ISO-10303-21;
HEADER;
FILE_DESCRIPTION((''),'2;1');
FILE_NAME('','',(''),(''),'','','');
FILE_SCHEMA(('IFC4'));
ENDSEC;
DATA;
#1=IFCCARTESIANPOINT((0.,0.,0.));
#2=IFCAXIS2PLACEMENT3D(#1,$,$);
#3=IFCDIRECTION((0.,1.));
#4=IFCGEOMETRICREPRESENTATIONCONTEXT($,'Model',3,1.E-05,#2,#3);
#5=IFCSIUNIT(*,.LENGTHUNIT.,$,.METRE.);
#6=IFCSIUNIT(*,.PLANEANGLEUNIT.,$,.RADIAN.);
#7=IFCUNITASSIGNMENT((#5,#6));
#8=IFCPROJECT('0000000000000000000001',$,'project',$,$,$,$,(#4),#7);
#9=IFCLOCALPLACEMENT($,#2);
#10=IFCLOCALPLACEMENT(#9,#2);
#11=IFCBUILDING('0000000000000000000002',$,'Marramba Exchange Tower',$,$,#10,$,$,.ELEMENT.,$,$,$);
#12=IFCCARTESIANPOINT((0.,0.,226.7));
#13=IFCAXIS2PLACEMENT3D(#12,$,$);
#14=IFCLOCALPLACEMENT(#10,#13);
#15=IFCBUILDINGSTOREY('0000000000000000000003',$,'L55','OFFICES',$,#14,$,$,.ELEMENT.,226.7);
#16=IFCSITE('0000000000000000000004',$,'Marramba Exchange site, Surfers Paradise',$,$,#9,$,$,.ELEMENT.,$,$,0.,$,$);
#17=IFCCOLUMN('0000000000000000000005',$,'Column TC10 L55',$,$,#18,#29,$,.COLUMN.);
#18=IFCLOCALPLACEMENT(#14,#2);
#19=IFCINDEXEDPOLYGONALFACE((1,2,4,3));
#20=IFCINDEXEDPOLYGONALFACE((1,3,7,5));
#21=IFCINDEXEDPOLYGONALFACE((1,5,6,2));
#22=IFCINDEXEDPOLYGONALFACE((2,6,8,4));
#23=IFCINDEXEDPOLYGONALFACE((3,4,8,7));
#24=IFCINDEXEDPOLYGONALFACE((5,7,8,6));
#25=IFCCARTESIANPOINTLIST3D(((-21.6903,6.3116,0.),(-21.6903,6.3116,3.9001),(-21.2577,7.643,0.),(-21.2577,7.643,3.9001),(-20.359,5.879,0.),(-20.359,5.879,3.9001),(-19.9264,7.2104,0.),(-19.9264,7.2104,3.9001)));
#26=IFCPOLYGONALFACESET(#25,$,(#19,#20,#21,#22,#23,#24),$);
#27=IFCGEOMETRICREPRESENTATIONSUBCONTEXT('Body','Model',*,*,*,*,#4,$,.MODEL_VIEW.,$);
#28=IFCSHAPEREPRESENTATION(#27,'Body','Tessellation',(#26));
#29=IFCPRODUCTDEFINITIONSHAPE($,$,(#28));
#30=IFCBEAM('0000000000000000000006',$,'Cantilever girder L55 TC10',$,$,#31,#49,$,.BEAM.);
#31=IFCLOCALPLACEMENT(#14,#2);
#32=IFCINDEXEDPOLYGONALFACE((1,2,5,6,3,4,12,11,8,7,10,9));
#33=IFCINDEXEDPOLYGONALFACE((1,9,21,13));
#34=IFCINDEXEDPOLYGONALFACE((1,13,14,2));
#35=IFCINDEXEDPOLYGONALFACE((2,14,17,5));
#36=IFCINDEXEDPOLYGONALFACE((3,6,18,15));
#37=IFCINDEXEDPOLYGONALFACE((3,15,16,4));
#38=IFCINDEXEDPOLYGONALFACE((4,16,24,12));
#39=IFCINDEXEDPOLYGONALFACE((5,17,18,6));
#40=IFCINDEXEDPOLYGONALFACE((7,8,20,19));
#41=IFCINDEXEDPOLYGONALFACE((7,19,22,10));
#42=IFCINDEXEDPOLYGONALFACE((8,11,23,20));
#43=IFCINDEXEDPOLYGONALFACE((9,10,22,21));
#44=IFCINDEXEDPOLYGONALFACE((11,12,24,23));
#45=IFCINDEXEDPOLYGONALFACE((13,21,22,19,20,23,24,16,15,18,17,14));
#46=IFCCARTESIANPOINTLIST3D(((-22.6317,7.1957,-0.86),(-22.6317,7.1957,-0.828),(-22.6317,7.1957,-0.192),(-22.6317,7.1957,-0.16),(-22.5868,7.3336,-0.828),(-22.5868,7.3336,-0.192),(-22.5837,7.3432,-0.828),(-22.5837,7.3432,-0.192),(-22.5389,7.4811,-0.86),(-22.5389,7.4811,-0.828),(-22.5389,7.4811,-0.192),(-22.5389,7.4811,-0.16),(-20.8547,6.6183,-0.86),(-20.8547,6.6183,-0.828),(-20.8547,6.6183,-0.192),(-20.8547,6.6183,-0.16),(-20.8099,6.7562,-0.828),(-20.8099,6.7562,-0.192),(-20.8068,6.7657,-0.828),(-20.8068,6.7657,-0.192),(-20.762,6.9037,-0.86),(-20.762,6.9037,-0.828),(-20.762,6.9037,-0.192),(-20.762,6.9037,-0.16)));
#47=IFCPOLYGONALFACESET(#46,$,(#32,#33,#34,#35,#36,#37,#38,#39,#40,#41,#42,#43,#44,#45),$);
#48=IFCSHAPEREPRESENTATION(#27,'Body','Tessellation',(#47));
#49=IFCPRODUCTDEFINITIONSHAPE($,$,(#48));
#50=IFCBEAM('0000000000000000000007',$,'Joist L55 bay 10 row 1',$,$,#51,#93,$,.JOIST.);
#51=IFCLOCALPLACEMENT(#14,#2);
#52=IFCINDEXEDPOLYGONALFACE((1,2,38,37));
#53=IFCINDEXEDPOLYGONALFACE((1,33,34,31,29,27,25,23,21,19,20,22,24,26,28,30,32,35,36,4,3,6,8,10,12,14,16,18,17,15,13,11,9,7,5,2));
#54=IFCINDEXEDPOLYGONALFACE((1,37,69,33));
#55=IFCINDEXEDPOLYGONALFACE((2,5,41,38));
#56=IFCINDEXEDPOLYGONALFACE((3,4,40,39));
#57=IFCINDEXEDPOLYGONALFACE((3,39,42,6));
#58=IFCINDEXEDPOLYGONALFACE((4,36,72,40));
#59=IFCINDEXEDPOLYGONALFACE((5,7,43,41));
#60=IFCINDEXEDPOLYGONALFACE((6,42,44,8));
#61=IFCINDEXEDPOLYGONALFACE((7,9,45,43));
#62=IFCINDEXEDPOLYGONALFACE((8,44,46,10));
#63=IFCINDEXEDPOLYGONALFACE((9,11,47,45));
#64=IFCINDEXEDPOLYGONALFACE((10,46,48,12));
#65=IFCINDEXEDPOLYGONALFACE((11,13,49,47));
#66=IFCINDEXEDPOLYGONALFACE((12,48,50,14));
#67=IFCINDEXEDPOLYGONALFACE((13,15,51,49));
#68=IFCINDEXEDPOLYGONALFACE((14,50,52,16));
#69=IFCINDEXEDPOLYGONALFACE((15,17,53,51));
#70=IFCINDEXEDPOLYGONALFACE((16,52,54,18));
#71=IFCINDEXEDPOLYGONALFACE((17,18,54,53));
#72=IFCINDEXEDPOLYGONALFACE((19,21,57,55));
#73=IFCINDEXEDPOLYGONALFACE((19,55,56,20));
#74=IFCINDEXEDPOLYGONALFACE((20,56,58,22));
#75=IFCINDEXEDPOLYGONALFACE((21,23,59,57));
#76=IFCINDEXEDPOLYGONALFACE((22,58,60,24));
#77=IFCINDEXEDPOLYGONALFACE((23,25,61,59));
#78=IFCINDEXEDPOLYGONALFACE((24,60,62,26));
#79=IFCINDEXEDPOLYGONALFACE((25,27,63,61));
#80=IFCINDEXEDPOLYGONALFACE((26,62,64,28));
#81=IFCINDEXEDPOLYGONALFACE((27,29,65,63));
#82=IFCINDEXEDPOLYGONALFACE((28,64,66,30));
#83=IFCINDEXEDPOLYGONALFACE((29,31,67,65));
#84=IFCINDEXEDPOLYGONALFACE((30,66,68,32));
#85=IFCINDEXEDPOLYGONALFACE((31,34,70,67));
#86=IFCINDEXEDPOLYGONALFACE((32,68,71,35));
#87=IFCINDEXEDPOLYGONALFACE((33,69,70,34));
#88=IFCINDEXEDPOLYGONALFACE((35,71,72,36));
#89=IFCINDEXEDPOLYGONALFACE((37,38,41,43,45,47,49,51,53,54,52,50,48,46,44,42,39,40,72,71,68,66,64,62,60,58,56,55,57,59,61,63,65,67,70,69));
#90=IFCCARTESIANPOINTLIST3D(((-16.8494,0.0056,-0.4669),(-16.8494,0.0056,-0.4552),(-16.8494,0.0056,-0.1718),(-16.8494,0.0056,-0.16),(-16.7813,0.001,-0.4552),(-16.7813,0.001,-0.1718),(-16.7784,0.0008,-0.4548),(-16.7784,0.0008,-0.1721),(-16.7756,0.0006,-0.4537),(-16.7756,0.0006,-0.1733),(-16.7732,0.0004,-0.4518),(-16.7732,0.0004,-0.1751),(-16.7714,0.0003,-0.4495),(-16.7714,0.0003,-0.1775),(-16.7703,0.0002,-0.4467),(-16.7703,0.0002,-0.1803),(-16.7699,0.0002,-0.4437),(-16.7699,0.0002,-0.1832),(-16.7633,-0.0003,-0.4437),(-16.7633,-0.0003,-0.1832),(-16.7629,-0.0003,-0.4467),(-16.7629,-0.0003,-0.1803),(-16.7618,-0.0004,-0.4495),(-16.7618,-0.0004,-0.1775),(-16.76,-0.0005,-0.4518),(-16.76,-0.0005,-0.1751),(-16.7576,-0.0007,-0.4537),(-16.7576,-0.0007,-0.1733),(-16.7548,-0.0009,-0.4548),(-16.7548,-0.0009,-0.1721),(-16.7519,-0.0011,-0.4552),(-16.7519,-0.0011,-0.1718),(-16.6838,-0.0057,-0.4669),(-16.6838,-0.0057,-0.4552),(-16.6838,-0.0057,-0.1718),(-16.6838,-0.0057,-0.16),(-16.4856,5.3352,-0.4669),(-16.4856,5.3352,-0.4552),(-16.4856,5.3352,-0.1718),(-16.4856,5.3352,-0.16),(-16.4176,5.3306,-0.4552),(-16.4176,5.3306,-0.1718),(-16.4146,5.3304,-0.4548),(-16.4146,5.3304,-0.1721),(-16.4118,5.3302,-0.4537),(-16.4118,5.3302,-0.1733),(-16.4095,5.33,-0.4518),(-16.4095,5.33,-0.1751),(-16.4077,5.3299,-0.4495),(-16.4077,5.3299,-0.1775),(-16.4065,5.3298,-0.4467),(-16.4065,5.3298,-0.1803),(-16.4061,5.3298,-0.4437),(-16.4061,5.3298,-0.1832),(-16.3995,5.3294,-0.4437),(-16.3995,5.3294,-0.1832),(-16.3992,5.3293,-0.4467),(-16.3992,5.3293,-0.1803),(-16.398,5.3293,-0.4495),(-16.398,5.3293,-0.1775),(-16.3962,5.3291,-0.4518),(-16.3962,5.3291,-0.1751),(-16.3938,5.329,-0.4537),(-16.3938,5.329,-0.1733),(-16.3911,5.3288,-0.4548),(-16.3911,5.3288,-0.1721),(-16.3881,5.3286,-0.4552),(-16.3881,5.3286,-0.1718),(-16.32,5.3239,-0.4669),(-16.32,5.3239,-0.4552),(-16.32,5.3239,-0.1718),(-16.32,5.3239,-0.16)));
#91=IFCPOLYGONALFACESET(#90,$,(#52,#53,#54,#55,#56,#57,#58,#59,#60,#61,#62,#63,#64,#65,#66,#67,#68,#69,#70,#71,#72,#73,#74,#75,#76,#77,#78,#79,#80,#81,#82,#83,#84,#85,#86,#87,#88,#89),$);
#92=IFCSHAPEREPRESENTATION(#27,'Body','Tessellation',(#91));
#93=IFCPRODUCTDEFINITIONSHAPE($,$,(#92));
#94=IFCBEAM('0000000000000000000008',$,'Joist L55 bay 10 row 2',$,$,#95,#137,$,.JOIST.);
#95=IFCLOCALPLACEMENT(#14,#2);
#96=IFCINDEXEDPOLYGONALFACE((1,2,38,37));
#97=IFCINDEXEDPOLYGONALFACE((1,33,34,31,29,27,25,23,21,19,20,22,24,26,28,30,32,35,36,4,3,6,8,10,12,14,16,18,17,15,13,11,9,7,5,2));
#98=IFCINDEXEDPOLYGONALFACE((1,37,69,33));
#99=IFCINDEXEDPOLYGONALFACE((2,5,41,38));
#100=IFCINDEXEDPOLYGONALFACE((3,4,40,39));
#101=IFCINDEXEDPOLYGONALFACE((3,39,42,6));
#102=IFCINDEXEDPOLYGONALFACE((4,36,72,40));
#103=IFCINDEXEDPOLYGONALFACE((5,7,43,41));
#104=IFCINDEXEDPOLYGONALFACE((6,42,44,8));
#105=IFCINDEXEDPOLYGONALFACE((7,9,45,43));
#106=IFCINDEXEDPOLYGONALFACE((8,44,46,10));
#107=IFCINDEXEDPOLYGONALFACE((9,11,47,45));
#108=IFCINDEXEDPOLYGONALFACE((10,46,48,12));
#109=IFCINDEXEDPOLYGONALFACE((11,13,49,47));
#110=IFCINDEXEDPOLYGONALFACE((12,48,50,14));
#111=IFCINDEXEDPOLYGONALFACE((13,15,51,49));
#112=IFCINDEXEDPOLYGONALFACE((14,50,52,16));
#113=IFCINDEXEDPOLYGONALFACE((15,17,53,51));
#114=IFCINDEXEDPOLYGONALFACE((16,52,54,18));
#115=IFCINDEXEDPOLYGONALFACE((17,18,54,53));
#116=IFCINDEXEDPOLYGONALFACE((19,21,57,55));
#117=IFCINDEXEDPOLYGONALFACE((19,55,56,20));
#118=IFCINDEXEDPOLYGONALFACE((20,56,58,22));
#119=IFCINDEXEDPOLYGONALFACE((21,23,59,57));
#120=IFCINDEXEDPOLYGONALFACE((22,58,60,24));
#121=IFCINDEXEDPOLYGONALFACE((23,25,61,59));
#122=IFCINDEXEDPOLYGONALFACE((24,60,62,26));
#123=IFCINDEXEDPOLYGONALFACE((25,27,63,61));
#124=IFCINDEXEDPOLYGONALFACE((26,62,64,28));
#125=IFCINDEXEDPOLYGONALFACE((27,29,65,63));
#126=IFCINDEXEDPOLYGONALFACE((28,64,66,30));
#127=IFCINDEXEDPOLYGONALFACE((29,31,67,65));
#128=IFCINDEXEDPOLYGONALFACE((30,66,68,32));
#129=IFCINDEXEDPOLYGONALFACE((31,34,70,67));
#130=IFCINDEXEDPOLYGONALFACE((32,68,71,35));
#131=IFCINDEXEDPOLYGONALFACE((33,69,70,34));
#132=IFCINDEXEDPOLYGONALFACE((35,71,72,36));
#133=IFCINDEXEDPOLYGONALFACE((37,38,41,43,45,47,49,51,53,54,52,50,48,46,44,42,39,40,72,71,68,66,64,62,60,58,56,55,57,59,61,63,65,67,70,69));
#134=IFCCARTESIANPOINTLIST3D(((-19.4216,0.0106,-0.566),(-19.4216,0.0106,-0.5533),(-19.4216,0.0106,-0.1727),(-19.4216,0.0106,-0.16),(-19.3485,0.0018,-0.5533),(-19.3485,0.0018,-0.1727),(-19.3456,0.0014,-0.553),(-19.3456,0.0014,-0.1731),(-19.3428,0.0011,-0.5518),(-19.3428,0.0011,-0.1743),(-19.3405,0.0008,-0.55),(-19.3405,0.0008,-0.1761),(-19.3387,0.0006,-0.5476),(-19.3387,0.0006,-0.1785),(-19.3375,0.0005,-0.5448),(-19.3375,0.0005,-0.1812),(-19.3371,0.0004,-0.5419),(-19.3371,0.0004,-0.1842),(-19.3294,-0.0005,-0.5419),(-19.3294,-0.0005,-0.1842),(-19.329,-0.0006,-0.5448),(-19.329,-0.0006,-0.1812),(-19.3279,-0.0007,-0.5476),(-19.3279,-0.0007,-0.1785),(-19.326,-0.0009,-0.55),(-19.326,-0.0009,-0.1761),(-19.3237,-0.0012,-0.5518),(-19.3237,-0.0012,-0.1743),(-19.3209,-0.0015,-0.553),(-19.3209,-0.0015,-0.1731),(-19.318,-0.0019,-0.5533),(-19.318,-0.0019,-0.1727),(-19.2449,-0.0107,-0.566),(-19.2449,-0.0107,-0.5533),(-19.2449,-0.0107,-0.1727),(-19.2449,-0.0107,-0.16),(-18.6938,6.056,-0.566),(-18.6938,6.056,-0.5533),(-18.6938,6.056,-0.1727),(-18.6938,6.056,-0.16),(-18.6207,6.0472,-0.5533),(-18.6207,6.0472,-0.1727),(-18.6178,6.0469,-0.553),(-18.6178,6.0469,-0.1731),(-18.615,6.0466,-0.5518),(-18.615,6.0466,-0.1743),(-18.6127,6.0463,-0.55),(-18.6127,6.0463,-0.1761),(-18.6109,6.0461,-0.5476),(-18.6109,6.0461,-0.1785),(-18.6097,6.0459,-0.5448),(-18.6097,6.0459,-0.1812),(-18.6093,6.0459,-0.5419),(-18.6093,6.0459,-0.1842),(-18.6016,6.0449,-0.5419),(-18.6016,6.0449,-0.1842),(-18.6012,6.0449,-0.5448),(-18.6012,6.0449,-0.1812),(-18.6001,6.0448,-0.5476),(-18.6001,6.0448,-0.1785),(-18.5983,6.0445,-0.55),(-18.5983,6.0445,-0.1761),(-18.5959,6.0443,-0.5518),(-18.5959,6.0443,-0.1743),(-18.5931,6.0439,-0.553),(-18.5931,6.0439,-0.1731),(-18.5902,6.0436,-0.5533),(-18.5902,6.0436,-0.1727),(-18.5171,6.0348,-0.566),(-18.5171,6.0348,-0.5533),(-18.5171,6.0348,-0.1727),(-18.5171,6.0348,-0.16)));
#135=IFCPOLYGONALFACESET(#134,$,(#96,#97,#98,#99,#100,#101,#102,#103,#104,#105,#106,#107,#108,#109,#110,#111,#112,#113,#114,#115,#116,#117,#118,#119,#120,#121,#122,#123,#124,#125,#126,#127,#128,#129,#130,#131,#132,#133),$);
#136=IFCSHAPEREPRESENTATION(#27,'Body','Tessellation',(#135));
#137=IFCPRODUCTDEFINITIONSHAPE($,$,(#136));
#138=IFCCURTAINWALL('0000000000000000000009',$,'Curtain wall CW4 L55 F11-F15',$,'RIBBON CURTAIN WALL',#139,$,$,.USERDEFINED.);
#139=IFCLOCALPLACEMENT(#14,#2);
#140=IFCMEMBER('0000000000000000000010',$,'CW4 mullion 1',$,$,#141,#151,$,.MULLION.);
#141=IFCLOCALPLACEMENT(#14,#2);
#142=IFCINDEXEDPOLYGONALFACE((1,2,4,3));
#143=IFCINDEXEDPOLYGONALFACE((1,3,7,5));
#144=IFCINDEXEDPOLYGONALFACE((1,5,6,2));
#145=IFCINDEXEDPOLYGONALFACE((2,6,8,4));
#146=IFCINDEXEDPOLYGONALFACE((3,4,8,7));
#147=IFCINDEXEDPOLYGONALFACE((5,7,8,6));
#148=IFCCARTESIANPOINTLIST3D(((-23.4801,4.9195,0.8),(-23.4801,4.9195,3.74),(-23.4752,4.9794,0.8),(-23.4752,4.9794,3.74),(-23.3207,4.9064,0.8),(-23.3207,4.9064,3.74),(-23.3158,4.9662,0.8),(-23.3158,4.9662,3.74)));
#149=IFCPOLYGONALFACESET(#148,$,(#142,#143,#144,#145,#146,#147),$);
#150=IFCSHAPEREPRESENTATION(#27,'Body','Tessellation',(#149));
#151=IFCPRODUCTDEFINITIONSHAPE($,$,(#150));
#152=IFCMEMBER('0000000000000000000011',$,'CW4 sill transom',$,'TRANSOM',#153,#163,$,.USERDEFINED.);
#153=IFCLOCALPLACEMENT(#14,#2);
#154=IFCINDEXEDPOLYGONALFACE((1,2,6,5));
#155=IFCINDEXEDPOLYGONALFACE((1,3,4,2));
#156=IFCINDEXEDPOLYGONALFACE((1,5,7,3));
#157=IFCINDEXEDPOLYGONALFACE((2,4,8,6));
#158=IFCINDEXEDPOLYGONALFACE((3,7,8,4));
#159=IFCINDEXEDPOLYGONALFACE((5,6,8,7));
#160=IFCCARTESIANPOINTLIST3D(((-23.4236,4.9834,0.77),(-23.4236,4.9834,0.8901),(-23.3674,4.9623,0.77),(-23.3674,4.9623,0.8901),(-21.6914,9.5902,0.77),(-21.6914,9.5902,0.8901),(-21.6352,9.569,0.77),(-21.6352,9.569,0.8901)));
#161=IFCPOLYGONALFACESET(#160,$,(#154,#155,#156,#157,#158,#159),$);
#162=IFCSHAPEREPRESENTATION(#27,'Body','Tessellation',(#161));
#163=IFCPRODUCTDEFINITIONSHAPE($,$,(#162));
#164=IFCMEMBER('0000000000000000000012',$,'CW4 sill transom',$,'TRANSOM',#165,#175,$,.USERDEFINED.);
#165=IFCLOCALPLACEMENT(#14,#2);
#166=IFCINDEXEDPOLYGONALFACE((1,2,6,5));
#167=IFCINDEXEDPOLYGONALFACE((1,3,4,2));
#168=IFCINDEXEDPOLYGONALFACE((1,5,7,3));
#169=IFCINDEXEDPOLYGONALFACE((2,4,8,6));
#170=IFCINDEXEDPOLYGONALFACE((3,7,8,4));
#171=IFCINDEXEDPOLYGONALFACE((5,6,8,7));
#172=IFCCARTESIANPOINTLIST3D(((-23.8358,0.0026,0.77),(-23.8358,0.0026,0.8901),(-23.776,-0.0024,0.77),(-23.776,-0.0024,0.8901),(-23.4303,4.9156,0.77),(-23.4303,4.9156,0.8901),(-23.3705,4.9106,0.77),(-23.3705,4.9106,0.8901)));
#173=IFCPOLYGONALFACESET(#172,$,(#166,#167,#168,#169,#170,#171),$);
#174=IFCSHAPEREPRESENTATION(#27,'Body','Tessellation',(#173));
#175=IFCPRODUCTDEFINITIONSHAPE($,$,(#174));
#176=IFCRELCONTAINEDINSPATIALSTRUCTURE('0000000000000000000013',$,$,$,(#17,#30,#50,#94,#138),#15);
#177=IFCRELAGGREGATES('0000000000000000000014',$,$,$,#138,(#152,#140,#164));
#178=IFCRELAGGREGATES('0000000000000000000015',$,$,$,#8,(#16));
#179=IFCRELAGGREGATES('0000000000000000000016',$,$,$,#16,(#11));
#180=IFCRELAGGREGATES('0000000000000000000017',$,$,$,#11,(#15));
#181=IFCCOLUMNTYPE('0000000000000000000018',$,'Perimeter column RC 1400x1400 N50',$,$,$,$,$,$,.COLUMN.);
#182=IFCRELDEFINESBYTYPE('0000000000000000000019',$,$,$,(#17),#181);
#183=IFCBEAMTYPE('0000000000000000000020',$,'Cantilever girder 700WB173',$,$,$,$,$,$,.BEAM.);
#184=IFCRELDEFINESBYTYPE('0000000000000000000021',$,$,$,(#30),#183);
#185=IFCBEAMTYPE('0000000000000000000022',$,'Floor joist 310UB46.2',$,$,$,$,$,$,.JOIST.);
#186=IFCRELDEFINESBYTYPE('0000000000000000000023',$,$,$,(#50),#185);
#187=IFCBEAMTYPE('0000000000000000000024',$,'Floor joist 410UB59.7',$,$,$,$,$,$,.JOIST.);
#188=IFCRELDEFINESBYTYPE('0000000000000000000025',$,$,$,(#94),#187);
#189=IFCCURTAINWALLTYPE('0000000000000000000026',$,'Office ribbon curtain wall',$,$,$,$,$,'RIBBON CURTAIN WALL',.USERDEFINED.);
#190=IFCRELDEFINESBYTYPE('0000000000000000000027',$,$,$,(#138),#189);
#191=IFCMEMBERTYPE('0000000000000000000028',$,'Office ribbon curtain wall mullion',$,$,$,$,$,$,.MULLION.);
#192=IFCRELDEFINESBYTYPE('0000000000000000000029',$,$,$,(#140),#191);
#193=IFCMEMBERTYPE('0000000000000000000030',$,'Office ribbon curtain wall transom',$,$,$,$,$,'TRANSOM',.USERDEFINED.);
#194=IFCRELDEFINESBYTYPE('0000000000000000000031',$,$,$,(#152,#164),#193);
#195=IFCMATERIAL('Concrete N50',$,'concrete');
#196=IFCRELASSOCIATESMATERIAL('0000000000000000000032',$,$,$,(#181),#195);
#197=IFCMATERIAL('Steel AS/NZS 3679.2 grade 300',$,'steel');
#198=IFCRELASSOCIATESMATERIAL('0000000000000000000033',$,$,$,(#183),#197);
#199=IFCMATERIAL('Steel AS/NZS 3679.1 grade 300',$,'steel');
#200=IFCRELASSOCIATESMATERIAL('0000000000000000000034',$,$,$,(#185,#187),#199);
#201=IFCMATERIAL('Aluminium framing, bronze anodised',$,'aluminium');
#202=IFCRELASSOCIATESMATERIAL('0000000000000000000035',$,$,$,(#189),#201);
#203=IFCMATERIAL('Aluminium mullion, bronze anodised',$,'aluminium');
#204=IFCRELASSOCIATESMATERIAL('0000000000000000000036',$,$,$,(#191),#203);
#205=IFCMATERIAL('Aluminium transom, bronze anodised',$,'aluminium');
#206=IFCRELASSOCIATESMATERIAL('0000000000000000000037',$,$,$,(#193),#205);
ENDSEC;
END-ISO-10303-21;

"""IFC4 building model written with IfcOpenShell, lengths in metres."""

from ifc_helpers import new_model, si_unit, direction, frame, origin, origin_2d, place, context, subcontext, project, spatial, rectangle, i_section, extrude, material, material_profile, profile_set, type_object, element, aggregate, save


model = new_model("IFC4")

# Units and contexts
model_context = context("Model", 3, precision=1e-05, world=origin(), true_north=direction((0.0, 1.0)))
body_context = subcontext(model_context, "Body", "Model", "MODEL_VIEW")
ifc_project = project(units=[si_unit("LENGTHUNIT", "METRE"), si_unit("PLANEANGLEUNIT", "RADIAN")], contexts=[model_context])

# Site, building, storey
site_placement = place(None, origin())
site = spatial("IfcSite", under=ifc_project, at=site_placement, Name="Marramba Exchange site, Surfers Paradise", CompositionType="ELEMENT", RefElevation=0.0)
building_placement = place(site_placement, origin())
building = spatial("IfcBuilding", under=site, at=building_placement, Name="Marramba Exchange Tower", CompositionType="ELEMENT")
storey_placement = place(building_placement, frame((0.0, 0.0, 226.7)))
storey = spatial("IfcBuildingStorey", under=building, at=storey_placement, Name="L55", Description="OFFICES", CompositionType="ELEMENT", Elevation=226.7)

# Column
ifc_material_1 = material(Name="Concrete N50", Category="concrete")
ifc_material_profile_1 = material_profile(ifc_material_1, rectangle(XDim=1.3999, YDim=1.3999, at=origin_2d()), Name="RC 1400x1400")
ifc_profile_set_1 = profile_set([ifc_material_profile_1], Name="Concrete N50")
column_type = type_object("IfcColumnType", Name="Perimeter column RC 1400x1400 N50", PredefinedType="COLUMN", material=ifc_profile_set_1)
column_placement = place(storey_placement, frame((-20.8083, 6.761, 0.0), z_axis=(0.0, 0.0, 1.0), x_axis=(-0.951057, 0.309017, 0.0)))
element("IfcColumn", 1, at=column_placement, inside=storey, type_object=column_type, Name="Column TC10 L55", PredefinedType="COLUMN", context=body_context, shape_type="SweptSolid", body=[
    extrude(rectangle(XDim=1.3999, YDim=1.3999, at=origin_2d()), origin(), (0.0, 0.0, 1.0), 3.9001),
])

# Beams
ifc_material_2 = material(Name="Steel AS/NZS 3679.2 grade 300", Category="steel")
ifc_material_profile_2 = material_profile(ifc_material_2, i_section(OverallWidth=0.3, OverallDepth=0.7, WebThickness=0.01, FlangeThickness=0.032, at=origin_2d()), Name="700WB173")
ifc_profile_set_2 = profile_set([ifc_material_profile_2], Name="Steel AS/NZS 3679.2 grade 300")
beam_type_1 = type_object("IfcBeamType", Name="Cantilever girder 700WB173", PredefinedType="BEAM", material=ifc_profile_set_2)
beam_1_placement = place(storey_placement, frame((-20.8083, 6.761, -0.51), z_axis=(-0.951048, 0.309045, 0.0), x_axis=(-0.309045, -0.951048, 0.0)))
element("IfcBeam", 2, at=beam_1_placement, inside=storey, type_object=beam_type_1, Name="Cantilever girder L55 TC10", PredefinedType="BEAM", context=body_context, shape_type="SweptSolid", body=[
    extrude(i_section(OverallWidth=0.3, OverallDepth=0.7, WebThickness=0.01, FlangeThickness=0.032, at=origin_2d()), origin(), (0.0, 0.0, 1.0), 1.8684),
])
ifc_material_3 = material(Name="Steel AS/NZS 3679.1 grade 300", Category="steel")
ifc_material_profile_3 = material_profile(ifc_material_3, i_section(OverallWidth=0.166, OverallDepth=0.3069, WebThickness=0.0066, FlangeThickness=0.0117, FilletRadius=0.0115, at=origin_2d()), Name="310UB46.2")
ifc_profile_set_3 = profile_set([ifc_material_profile_3], Name="Steel AS/NZS 3679.1 grade 300")
beam_type_2 = type_object("IfcBeamType", Name="Floor joist 310UB46.2", PredefinedType="JOIST", material=ifc_profile_set_3)
beam_2_placement = place(storey_placement, frame((-16.4028, 5.3296, -0.3135), z_axis=(-0.068096, -0.997679, 0.0), x_axis=(0.997679, -0.068096, 0.0)))
element("IfcBeam", 3, at=beam_2_placement, inside=storey, type_object=beam_type_2, Name="Joist L55 bay 10 row 1", PredefinedType="JOIST", context=body_context, shape_type="SweptSolid", body=[
    extrude(i_section(OverallWidth=0.166, OverallDepth=0.3069, WebThickness=0.0066, FlangeThickness=0.0117, FilletRadius=0.0115, at=origin_2d()), origin(), (0.0, 0.0, 1.0), 5.342),
])
ifc_material_profile_4 = material_profile(ifc_material_3, i_section(OverallWidth=0.178, OverallDepth=0.406, WebThickness=0.0078, FlangeThickness=0.0127, FilletRadius=0.0115, at=origin_2d()), Name="410UB59.7")
ifc_profile_set_4 = profile_set([ifc_material_profile_4], Name="Steel AS/NZS 3679.1 grade 300")
beam_type_3 = type_object("IfcBeamType", Name="Floor joist 410UB59.7", PredefinedType="JOIST", material=ifc_profile_set_4)
beam_3_placement = place(storey_placement, frame((-18.6055, 6.0454, -0.363), z_axis=(-0.119523, -0.992831, 0.0), x_axis=(0.992831, -0.119523, 0.0)))
element("IfcBeam", 4, at=beam_3_placement, inside=storey, type_object=beam_type_3, Name="Joist L55 bay 10 row 2", PredefinedType="JOIST", context=body_context, shape_type="SweptSolid", body=[
    extrude(i_section(OverallWidth=0.178, OverallDepth=0.406, WebThickness=0.0078, FlangeThickness=0.0127, FilletRadius=0.0115, at=origin_2d()), origin(), (0.0, 0.0, 1.0), 6.0891),
])

# Curtain wall, members
ifc_material_4 = material(Name="Aluminium framing, bronze anodised", Category="aluminium")
curtain_wall_type = type_object("IfcCurtainWallType", Name="Office ribbon curtain wall", ElementType="RIBBON CURTAIN WALL", PredefinedType="USERDEFINED", material=ifc_material_4)
curtain_wall_placement = place(storey_placement, origin())
curtain_wall = element("IfcCurtainWall", 5, at=curtain_wall_placement, inside=storey, type_object=curtain_wall_type, Name="Curtain wall CW4 L55 F11-F15", ObjectType="RIBBON CURTAIN WALL", PredefinedType="USERDEFINED")
ifc_material_5 = material(Name="Aluminium mullion, bronze anodised", Category="aluminium")
ifc_material_profile_5 = material_profile(ifc_material_5, rectangle(XDim=0.1599, YDim=0.0601, at=origin_2d()), Name="CW4 mullion 60x160")
ifc_profile_set_5 = profile_set([ifc_material_profile_5], Name="Aluminium mullion, bronze anodised")
member_type_1 = type_object("IfcMemberType", Name="Office ribbon curtain wall mullion", PredefinedType="MULLION", material=ifc_profile_set_5)
member_1_placement = place(storey_placement, frame((-23.3979, 4.9429, 0.8), z_axis=(0.0, 0.0, 1.0), x_axis=(0.996609, -0.082281, 0.0)))
member_1 = element("IfcMember", 6, at=member_1_placement, type_object=member_type_1, Name="CW4 mullion 1", PredefinedType="MULLION", context=body_context, shape_type="SweptSolid", body=[
    extrude(rectangle(XDim=0.1599, YDim=0.0601, at=origin_2d()), origin(), (0.0, 0.0, 1.0), 2.9399),
])
ifc_material_6 = material(Name="Aluminium transom, bronze anodised", Category="aluminium")
ifc_material_profile_6 = material_profile(ifc_material_6, rectangle(XDim=0.0601, YDim=0.1201, at=origin_2d()), Name="CW4 transom 60x120")
ifc_profile_set_6 = profile_set([ifc_material_profile_6], Name="Aluminium transom, bronze anodised")
member_type_2 = type_object("IfcMemberType", Name="Office ribbon curtain wall transom", ElementType="TRANSOM", PredefinedType="USERDEFINED", material=ifc_profile_set_6)
member_2_placement = place(storey_placement, frame((-21.6633, 9.5796, 0.8301), z_axis=(-0.351955, -0.936017, 0.0), x_axis=(0.936017, -0.351955, 0.0)))
member_2 = element("IfcMember", 7, at=member_2_placement, type_object=member_type_2, Name="CW4 sill transom", ObjectType="TRANSOM", PredefinedType="USERDEFINED", context=body_context, shape_type="SweptSolid", body=[
    extrude(rectangle(XDim=0.0601, YDim=0.1201, at=origin_2d()), origin(), (0.0, 0.0, 1.0), 4.9216),
])
member_3_placement = place(storey_placement, frame((-23.4004, 4.9131, 0.8301), z_axis=(-0.082259, -0.996611, 0.0), x_axis=(0.996611, -0.082259, 0.0)))
member_3 = element("IfcMember", 8, at=member_3_placement, type_object=member_type_2, Name="CW4 sill transom", ObjectType="TRANSOM", PredefinedType="USERDEFINED", context=body_context, shape_type="SweptSolid", body=[
    extrude(rectangle(XDim=0.0601, YDim=0.1201, at=origin_2d()), origin(), (0.0, 0.0, 1.0), 4.9297),
])

aggregate(curtain_wall, [member_2, member_1, member_3])

save(model, "model.ifc")
